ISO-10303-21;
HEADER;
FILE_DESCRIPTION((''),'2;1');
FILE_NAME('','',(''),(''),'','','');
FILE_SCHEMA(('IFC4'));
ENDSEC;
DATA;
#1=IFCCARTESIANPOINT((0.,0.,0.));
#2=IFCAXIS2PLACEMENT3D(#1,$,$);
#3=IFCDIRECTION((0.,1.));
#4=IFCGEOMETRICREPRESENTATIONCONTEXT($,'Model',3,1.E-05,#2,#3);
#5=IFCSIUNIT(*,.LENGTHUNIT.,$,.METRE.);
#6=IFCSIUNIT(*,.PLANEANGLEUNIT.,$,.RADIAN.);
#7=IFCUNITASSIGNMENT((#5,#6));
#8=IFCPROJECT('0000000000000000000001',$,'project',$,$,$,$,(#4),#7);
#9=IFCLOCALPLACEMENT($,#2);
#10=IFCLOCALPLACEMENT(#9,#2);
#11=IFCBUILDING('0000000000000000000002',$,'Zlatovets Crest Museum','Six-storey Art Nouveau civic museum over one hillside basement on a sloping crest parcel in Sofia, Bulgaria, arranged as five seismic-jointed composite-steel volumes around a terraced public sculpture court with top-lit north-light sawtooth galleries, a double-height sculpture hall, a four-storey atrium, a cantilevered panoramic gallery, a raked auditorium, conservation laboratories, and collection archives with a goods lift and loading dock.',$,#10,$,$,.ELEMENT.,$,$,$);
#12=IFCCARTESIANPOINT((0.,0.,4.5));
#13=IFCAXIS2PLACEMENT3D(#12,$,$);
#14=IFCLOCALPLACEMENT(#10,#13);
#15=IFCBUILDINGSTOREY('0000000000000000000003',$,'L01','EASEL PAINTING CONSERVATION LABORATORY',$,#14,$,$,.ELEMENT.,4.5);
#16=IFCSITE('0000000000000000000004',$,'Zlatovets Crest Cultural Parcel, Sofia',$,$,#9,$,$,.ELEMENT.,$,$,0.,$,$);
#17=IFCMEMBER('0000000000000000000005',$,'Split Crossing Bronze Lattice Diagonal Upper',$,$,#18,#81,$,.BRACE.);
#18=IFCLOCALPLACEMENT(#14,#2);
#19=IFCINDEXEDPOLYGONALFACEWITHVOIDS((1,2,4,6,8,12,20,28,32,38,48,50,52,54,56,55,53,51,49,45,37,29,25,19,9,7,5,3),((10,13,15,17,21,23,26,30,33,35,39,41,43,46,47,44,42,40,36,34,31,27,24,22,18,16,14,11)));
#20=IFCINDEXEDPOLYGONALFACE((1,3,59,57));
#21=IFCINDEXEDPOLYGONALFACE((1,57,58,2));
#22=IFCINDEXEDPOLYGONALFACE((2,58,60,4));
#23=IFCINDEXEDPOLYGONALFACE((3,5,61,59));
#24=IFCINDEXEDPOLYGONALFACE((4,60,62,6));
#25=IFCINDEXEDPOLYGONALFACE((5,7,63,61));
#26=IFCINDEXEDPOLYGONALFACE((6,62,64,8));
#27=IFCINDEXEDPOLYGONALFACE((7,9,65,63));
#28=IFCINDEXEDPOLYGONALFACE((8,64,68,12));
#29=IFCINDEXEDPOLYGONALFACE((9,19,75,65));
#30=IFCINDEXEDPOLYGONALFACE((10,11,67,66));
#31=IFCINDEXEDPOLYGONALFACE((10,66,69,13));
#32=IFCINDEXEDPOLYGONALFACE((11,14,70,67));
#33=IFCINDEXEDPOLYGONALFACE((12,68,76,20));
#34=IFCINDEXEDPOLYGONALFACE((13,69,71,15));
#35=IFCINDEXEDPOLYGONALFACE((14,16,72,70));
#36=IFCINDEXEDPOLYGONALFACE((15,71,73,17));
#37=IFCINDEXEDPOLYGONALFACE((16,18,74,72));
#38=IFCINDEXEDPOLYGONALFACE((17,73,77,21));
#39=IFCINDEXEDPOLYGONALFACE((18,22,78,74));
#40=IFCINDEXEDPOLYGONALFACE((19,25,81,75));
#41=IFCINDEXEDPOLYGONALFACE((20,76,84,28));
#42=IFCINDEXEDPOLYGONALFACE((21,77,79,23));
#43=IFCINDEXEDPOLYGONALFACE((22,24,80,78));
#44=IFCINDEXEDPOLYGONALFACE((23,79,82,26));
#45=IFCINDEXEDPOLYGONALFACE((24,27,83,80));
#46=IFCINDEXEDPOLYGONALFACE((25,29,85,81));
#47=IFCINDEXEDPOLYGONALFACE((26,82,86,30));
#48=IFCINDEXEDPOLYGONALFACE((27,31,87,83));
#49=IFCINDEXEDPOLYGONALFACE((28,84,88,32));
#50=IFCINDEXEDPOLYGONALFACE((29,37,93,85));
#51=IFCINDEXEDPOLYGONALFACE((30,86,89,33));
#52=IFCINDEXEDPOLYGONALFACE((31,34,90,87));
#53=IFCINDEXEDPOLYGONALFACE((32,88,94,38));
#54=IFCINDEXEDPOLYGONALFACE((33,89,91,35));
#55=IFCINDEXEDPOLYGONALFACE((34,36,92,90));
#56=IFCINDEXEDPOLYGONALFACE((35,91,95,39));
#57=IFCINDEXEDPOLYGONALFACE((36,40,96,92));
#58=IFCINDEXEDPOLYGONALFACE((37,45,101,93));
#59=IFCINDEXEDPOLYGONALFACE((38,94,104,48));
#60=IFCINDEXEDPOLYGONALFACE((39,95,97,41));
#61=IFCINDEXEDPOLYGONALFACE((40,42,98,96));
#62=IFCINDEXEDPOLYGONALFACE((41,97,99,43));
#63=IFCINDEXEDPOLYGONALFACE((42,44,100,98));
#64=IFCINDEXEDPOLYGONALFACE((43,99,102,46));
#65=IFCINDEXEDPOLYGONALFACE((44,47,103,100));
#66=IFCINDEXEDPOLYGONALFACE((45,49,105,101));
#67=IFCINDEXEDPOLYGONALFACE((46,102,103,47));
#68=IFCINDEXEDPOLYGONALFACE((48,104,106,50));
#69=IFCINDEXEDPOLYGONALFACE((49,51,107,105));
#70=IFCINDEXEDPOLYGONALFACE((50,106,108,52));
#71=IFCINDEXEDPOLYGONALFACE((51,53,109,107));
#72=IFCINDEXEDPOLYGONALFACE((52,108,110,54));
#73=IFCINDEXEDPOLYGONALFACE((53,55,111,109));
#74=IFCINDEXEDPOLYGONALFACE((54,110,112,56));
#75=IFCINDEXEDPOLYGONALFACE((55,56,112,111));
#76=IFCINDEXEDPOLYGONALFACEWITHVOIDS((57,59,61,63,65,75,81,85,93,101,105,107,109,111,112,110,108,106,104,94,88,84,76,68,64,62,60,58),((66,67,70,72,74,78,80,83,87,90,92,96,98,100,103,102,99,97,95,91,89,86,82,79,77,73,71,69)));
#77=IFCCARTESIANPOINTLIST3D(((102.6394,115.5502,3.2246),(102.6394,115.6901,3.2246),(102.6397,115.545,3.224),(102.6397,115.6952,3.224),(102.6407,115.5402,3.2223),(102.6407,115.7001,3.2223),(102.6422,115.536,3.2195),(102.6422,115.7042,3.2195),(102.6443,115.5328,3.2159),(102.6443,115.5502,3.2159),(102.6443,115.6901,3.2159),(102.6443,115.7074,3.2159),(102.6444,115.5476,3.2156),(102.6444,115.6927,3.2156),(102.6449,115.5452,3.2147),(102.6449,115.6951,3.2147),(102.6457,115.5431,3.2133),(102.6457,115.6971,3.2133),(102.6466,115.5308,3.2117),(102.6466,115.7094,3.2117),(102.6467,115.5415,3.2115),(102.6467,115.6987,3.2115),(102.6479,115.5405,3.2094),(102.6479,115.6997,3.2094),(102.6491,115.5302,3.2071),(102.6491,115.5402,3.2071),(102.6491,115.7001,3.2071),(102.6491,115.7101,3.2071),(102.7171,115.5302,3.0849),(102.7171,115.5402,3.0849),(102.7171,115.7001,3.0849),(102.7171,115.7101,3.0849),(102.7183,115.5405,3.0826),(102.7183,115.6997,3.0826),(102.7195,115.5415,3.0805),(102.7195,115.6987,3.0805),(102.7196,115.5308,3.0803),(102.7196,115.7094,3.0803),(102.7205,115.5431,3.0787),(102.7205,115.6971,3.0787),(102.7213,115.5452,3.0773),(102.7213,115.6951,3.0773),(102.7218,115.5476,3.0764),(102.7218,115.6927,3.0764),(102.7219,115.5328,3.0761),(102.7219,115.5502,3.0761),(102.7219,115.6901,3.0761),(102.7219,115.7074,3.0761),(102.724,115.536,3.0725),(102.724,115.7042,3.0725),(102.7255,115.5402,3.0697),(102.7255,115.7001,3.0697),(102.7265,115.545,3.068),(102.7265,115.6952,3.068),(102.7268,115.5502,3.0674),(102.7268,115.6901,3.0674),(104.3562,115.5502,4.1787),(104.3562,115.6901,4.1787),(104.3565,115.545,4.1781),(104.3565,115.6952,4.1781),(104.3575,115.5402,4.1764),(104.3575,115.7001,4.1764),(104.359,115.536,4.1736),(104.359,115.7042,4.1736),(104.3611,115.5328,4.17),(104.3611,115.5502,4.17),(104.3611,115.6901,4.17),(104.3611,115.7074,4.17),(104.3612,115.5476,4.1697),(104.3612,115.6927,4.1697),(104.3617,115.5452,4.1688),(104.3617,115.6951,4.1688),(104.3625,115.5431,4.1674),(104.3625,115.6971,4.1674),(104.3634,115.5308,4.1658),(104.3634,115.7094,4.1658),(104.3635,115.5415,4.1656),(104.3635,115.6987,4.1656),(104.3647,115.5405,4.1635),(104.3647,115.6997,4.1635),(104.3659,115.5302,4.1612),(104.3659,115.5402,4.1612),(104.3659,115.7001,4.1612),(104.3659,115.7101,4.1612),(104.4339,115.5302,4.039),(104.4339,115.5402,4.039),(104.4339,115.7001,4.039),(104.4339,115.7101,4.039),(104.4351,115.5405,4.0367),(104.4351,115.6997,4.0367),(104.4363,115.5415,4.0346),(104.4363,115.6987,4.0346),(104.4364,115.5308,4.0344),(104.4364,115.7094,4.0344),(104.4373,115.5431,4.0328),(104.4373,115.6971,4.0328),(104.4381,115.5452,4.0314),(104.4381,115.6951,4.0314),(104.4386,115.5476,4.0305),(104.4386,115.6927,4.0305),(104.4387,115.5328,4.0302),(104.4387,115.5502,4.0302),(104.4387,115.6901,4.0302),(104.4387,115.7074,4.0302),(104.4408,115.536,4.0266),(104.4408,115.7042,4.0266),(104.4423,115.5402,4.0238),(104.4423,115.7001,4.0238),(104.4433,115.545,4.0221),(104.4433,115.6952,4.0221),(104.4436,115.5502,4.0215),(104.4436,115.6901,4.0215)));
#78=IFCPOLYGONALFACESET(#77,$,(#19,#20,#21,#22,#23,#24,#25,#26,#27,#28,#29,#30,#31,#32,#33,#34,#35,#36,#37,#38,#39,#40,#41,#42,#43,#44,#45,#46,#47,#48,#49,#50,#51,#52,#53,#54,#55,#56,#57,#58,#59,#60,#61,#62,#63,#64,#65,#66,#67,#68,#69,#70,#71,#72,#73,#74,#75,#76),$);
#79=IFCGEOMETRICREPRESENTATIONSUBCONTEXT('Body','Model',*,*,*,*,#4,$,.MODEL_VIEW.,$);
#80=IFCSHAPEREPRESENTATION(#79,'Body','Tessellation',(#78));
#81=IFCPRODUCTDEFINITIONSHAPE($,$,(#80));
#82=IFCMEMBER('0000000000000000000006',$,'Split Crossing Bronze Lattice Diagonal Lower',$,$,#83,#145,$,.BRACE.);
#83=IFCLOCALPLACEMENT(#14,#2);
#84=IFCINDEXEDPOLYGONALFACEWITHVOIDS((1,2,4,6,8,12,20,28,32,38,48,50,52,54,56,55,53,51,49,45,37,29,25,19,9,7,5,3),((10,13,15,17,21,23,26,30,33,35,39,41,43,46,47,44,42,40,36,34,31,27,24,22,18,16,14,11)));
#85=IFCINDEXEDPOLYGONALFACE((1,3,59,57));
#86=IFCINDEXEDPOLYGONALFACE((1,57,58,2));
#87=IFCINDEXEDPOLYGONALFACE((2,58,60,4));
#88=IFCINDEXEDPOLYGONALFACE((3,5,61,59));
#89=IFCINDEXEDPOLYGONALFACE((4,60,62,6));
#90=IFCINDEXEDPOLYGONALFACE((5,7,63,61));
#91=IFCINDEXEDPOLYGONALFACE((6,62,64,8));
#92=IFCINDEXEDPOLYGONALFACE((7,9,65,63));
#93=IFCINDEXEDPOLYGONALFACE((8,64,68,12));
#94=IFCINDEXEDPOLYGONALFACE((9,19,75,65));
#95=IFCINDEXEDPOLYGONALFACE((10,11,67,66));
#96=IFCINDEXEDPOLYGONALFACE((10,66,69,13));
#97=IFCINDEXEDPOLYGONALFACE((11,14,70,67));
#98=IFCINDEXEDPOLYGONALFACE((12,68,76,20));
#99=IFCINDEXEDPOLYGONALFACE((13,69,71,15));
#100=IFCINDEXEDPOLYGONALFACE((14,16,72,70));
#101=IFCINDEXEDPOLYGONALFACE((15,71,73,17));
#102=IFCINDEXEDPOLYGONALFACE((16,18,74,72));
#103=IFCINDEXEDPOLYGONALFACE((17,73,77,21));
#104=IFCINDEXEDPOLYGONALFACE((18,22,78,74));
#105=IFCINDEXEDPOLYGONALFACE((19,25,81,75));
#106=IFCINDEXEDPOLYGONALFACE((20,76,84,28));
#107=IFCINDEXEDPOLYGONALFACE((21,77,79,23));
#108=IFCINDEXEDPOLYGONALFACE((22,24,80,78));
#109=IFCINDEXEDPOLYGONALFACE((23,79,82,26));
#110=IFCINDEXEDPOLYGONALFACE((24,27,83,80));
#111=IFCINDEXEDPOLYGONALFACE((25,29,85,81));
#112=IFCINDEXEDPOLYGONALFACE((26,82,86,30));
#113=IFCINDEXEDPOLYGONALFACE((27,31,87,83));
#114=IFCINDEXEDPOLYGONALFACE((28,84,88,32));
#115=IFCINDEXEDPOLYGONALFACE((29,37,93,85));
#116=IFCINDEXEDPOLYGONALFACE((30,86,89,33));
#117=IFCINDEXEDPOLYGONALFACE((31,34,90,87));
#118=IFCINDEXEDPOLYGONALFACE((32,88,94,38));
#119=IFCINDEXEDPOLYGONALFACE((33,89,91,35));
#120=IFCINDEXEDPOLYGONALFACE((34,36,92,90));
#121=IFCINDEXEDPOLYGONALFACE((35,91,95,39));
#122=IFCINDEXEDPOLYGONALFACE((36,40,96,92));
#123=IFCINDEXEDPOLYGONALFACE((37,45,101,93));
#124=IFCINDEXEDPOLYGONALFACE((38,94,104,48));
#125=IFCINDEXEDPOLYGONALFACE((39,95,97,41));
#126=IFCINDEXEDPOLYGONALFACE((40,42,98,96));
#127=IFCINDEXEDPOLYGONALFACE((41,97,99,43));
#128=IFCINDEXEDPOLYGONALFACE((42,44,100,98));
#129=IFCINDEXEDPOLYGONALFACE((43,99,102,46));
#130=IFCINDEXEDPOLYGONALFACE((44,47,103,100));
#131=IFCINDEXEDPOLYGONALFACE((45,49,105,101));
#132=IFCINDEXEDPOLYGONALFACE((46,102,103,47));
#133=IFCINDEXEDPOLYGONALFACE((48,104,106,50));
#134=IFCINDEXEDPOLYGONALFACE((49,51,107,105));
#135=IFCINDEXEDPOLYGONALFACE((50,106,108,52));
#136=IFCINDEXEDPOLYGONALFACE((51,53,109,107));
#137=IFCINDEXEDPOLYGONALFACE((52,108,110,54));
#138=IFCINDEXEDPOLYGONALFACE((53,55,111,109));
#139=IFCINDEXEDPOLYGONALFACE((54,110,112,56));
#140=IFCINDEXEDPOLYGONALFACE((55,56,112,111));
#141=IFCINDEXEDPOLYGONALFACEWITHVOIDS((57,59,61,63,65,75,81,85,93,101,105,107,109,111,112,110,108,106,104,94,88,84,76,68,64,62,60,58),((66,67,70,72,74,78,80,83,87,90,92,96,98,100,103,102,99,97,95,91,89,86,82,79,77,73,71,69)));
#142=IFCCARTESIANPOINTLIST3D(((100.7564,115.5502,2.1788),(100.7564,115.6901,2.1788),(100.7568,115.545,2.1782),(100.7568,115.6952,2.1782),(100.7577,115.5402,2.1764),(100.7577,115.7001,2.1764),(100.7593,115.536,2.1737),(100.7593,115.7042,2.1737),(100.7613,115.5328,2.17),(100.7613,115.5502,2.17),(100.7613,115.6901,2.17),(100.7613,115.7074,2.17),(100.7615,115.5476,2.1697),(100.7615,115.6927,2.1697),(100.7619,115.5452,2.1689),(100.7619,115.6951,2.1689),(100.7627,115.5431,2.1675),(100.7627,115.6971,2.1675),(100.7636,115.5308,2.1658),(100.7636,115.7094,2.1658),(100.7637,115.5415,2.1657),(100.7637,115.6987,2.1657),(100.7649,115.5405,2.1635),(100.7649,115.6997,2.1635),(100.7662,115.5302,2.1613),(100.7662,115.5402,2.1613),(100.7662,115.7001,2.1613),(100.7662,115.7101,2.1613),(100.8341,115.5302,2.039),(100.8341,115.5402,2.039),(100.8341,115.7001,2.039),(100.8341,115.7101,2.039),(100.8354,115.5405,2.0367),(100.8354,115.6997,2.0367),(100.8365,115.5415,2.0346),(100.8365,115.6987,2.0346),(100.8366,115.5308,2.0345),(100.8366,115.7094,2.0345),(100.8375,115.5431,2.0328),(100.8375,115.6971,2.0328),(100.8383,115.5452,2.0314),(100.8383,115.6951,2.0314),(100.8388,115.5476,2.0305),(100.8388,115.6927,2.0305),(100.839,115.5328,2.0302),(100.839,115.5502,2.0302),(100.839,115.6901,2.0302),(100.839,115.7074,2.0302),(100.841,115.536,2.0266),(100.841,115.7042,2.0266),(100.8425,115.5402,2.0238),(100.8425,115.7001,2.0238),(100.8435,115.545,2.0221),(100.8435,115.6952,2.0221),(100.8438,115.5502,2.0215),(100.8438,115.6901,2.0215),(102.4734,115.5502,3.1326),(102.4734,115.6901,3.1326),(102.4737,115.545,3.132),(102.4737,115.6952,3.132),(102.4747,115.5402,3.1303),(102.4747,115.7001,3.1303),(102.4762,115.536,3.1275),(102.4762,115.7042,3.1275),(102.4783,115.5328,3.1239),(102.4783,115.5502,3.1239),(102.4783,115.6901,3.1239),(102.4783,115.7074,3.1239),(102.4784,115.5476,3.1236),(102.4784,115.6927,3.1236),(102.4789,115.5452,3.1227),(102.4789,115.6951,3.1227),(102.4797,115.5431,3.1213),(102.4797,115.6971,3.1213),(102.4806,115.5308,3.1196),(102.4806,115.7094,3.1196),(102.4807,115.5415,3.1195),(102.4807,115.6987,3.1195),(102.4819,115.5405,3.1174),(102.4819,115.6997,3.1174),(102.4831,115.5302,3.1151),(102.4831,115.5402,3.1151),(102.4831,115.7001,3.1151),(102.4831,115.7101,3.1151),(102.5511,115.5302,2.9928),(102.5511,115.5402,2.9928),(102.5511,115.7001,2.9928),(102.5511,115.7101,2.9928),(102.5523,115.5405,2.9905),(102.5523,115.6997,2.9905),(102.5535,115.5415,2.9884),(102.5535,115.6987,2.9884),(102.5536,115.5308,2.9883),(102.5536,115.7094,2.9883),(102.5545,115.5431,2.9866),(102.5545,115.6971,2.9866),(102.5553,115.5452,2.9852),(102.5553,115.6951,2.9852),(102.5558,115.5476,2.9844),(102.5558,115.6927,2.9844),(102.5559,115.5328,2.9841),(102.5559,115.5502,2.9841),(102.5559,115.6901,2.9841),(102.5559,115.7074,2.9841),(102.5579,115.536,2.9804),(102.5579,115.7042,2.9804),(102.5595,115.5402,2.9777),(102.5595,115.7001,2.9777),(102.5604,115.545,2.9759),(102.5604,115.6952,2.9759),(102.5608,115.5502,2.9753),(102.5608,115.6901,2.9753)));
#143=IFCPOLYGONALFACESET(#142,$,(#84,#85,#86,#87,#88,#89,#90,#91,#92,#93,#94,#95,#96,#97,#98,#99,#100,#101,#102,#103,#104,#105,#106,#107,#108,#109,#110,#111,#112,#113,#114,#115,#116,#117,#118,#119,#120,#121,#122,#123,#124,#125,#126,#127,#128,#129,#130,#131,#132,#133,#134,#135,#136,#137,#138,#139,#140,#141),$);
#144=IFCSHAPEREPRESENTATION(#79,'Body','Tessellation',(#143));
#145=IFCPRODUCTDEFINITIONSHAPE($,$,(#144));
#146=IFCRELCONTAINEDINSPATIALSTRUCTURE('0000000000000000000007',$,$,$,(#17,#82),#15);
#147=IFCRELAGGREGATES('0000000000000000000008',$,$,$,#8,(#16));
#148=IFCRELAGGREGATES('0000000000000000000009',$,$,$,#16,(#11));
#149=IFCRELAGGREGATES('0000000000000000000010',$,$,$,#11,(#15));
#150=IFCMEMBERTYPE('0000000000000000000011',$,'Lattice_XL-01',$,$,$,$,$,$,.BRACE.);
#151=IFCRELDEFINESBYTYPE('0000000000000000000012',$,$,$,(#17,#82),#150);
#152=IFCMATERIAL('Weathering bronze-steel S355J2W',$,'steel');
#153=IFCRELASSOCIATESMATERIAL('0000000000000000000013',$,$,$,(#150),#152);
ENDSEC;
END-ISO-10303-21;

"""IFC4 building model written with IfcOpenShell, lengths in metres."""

from ifc_helpers import new_model, si_unit, direction, frame, origin, origin_2d, place, context, subcontext, project, spatial, hollow_rectangle, extrude, material, material_profile, profile_set, type_object, element, save


model = new_model("IFC4")

# Units and contexts
model_context = context("Model", 3, precision=1e-05, world=origin(), true_north=direction((0.0, 1.0)))
body_context = subcontext(model_context, "Body", "Model", "MODEL_VIEW")
ifc_project = project(units=[si_unit("LENGTHUNIT", "METRE"), si_unit("PLANEANGLEUNIT", "RADIAN")], contexts=[model_context])

# Site, building, storey
site_placement = place(None, origin())
site = spatial("IfcSite", under=ifc_project, at=site_placement, Name="Zlatovets Crest Cultural Parcel, Sofia", CompositionType="ELEMENT", RefElevation=0.0)
building_placement = place(site_placement, origin())
building = spatial("IfcBuilding", under=site, at=building_placement, Name="Zlatovets Crest Museum", Description="Six-storey Art Nouveau civic museum over one hillside basement on a sloping crest parcel in Sofia, Bulgaria, arranged as five seismic-jointed composite-steel volumes around a terraced public sculpture court with top-lit north-light sawtooth galleries, a double-height sculpture hall, a four-storey atrium, a cantilevered panoramic gallery, a raked auditorium, conservation laboratories, and collection archives with a goods lift and loading dock.", CompositionType="ELEMENT")
storey_placement = place(building_placement, frame((0.0, 0.0, 4.5)))
storey = spatial("IfcBuildingStorey", under=building, at=storey_placement, Name="L01", Description="EASEL PAINTING CONSERVATION LABORATORY", CompositionType="ELEMENT", Elevation=4.5)

# Members
ifc_material_1 = material(Name="Weathering bronze-steel S355J2W", Category="steel")
ifc_material_profile_1 = material_profile(ifc_material_1, hollow_rectangle(XDim=0.1799, YDim=0.1799, WallThickness=0.01, InnerFilletRadius=0.01, OuterFilletRadius=0.02, at=origin_2d()), Name="SHS 180x180x10.0")
ifc_profile_set_1 = profile_set([ifc_material_profile_1], Name="Weathering bronze-steel S355J2W")
member_type_1 = type_object("IfcMemberType", Name="Lattice_XL-01", PredefinedType="BRACE", material=ifc_profile_set_1)
for number, where, z_axis, x_axis, name in (
    (1, (104.3999, 115.6201, 4.1001), (-0.874087, 0.0, -0.48577), (0.0, -1.0, 0.0), "Split Crossing Bronze Lattice Diagonal Upper"),
    (2, (102.5171, 115.6201, 3.054), (-0.874169, 0.0, -0.485622), (0.0, -1.0, 0.0), "Split Crossing Bronze Lattice Diagonal Lower"),
):
    element("IfcMember", number, at=place(storey_placement, frame(where, z_axis=z_axis, x_axis=x_axis)), inside=storey, type_object=member_type_1, Name=name, PredefinedType="BRACE", context=body_context, shape_type="SweptSolid", body=[
        extrude(hollow_rectangle(XDim=0.1799, YDim=0.1799, WallThickness=0.01, InnerFilletRadius=0.01, OuterFilletRadius=0.02, at=origin_2d()), origin(), (0.0, 0.0, 1.0), 1.9641),
    ])

save(model, "model.ifc")
